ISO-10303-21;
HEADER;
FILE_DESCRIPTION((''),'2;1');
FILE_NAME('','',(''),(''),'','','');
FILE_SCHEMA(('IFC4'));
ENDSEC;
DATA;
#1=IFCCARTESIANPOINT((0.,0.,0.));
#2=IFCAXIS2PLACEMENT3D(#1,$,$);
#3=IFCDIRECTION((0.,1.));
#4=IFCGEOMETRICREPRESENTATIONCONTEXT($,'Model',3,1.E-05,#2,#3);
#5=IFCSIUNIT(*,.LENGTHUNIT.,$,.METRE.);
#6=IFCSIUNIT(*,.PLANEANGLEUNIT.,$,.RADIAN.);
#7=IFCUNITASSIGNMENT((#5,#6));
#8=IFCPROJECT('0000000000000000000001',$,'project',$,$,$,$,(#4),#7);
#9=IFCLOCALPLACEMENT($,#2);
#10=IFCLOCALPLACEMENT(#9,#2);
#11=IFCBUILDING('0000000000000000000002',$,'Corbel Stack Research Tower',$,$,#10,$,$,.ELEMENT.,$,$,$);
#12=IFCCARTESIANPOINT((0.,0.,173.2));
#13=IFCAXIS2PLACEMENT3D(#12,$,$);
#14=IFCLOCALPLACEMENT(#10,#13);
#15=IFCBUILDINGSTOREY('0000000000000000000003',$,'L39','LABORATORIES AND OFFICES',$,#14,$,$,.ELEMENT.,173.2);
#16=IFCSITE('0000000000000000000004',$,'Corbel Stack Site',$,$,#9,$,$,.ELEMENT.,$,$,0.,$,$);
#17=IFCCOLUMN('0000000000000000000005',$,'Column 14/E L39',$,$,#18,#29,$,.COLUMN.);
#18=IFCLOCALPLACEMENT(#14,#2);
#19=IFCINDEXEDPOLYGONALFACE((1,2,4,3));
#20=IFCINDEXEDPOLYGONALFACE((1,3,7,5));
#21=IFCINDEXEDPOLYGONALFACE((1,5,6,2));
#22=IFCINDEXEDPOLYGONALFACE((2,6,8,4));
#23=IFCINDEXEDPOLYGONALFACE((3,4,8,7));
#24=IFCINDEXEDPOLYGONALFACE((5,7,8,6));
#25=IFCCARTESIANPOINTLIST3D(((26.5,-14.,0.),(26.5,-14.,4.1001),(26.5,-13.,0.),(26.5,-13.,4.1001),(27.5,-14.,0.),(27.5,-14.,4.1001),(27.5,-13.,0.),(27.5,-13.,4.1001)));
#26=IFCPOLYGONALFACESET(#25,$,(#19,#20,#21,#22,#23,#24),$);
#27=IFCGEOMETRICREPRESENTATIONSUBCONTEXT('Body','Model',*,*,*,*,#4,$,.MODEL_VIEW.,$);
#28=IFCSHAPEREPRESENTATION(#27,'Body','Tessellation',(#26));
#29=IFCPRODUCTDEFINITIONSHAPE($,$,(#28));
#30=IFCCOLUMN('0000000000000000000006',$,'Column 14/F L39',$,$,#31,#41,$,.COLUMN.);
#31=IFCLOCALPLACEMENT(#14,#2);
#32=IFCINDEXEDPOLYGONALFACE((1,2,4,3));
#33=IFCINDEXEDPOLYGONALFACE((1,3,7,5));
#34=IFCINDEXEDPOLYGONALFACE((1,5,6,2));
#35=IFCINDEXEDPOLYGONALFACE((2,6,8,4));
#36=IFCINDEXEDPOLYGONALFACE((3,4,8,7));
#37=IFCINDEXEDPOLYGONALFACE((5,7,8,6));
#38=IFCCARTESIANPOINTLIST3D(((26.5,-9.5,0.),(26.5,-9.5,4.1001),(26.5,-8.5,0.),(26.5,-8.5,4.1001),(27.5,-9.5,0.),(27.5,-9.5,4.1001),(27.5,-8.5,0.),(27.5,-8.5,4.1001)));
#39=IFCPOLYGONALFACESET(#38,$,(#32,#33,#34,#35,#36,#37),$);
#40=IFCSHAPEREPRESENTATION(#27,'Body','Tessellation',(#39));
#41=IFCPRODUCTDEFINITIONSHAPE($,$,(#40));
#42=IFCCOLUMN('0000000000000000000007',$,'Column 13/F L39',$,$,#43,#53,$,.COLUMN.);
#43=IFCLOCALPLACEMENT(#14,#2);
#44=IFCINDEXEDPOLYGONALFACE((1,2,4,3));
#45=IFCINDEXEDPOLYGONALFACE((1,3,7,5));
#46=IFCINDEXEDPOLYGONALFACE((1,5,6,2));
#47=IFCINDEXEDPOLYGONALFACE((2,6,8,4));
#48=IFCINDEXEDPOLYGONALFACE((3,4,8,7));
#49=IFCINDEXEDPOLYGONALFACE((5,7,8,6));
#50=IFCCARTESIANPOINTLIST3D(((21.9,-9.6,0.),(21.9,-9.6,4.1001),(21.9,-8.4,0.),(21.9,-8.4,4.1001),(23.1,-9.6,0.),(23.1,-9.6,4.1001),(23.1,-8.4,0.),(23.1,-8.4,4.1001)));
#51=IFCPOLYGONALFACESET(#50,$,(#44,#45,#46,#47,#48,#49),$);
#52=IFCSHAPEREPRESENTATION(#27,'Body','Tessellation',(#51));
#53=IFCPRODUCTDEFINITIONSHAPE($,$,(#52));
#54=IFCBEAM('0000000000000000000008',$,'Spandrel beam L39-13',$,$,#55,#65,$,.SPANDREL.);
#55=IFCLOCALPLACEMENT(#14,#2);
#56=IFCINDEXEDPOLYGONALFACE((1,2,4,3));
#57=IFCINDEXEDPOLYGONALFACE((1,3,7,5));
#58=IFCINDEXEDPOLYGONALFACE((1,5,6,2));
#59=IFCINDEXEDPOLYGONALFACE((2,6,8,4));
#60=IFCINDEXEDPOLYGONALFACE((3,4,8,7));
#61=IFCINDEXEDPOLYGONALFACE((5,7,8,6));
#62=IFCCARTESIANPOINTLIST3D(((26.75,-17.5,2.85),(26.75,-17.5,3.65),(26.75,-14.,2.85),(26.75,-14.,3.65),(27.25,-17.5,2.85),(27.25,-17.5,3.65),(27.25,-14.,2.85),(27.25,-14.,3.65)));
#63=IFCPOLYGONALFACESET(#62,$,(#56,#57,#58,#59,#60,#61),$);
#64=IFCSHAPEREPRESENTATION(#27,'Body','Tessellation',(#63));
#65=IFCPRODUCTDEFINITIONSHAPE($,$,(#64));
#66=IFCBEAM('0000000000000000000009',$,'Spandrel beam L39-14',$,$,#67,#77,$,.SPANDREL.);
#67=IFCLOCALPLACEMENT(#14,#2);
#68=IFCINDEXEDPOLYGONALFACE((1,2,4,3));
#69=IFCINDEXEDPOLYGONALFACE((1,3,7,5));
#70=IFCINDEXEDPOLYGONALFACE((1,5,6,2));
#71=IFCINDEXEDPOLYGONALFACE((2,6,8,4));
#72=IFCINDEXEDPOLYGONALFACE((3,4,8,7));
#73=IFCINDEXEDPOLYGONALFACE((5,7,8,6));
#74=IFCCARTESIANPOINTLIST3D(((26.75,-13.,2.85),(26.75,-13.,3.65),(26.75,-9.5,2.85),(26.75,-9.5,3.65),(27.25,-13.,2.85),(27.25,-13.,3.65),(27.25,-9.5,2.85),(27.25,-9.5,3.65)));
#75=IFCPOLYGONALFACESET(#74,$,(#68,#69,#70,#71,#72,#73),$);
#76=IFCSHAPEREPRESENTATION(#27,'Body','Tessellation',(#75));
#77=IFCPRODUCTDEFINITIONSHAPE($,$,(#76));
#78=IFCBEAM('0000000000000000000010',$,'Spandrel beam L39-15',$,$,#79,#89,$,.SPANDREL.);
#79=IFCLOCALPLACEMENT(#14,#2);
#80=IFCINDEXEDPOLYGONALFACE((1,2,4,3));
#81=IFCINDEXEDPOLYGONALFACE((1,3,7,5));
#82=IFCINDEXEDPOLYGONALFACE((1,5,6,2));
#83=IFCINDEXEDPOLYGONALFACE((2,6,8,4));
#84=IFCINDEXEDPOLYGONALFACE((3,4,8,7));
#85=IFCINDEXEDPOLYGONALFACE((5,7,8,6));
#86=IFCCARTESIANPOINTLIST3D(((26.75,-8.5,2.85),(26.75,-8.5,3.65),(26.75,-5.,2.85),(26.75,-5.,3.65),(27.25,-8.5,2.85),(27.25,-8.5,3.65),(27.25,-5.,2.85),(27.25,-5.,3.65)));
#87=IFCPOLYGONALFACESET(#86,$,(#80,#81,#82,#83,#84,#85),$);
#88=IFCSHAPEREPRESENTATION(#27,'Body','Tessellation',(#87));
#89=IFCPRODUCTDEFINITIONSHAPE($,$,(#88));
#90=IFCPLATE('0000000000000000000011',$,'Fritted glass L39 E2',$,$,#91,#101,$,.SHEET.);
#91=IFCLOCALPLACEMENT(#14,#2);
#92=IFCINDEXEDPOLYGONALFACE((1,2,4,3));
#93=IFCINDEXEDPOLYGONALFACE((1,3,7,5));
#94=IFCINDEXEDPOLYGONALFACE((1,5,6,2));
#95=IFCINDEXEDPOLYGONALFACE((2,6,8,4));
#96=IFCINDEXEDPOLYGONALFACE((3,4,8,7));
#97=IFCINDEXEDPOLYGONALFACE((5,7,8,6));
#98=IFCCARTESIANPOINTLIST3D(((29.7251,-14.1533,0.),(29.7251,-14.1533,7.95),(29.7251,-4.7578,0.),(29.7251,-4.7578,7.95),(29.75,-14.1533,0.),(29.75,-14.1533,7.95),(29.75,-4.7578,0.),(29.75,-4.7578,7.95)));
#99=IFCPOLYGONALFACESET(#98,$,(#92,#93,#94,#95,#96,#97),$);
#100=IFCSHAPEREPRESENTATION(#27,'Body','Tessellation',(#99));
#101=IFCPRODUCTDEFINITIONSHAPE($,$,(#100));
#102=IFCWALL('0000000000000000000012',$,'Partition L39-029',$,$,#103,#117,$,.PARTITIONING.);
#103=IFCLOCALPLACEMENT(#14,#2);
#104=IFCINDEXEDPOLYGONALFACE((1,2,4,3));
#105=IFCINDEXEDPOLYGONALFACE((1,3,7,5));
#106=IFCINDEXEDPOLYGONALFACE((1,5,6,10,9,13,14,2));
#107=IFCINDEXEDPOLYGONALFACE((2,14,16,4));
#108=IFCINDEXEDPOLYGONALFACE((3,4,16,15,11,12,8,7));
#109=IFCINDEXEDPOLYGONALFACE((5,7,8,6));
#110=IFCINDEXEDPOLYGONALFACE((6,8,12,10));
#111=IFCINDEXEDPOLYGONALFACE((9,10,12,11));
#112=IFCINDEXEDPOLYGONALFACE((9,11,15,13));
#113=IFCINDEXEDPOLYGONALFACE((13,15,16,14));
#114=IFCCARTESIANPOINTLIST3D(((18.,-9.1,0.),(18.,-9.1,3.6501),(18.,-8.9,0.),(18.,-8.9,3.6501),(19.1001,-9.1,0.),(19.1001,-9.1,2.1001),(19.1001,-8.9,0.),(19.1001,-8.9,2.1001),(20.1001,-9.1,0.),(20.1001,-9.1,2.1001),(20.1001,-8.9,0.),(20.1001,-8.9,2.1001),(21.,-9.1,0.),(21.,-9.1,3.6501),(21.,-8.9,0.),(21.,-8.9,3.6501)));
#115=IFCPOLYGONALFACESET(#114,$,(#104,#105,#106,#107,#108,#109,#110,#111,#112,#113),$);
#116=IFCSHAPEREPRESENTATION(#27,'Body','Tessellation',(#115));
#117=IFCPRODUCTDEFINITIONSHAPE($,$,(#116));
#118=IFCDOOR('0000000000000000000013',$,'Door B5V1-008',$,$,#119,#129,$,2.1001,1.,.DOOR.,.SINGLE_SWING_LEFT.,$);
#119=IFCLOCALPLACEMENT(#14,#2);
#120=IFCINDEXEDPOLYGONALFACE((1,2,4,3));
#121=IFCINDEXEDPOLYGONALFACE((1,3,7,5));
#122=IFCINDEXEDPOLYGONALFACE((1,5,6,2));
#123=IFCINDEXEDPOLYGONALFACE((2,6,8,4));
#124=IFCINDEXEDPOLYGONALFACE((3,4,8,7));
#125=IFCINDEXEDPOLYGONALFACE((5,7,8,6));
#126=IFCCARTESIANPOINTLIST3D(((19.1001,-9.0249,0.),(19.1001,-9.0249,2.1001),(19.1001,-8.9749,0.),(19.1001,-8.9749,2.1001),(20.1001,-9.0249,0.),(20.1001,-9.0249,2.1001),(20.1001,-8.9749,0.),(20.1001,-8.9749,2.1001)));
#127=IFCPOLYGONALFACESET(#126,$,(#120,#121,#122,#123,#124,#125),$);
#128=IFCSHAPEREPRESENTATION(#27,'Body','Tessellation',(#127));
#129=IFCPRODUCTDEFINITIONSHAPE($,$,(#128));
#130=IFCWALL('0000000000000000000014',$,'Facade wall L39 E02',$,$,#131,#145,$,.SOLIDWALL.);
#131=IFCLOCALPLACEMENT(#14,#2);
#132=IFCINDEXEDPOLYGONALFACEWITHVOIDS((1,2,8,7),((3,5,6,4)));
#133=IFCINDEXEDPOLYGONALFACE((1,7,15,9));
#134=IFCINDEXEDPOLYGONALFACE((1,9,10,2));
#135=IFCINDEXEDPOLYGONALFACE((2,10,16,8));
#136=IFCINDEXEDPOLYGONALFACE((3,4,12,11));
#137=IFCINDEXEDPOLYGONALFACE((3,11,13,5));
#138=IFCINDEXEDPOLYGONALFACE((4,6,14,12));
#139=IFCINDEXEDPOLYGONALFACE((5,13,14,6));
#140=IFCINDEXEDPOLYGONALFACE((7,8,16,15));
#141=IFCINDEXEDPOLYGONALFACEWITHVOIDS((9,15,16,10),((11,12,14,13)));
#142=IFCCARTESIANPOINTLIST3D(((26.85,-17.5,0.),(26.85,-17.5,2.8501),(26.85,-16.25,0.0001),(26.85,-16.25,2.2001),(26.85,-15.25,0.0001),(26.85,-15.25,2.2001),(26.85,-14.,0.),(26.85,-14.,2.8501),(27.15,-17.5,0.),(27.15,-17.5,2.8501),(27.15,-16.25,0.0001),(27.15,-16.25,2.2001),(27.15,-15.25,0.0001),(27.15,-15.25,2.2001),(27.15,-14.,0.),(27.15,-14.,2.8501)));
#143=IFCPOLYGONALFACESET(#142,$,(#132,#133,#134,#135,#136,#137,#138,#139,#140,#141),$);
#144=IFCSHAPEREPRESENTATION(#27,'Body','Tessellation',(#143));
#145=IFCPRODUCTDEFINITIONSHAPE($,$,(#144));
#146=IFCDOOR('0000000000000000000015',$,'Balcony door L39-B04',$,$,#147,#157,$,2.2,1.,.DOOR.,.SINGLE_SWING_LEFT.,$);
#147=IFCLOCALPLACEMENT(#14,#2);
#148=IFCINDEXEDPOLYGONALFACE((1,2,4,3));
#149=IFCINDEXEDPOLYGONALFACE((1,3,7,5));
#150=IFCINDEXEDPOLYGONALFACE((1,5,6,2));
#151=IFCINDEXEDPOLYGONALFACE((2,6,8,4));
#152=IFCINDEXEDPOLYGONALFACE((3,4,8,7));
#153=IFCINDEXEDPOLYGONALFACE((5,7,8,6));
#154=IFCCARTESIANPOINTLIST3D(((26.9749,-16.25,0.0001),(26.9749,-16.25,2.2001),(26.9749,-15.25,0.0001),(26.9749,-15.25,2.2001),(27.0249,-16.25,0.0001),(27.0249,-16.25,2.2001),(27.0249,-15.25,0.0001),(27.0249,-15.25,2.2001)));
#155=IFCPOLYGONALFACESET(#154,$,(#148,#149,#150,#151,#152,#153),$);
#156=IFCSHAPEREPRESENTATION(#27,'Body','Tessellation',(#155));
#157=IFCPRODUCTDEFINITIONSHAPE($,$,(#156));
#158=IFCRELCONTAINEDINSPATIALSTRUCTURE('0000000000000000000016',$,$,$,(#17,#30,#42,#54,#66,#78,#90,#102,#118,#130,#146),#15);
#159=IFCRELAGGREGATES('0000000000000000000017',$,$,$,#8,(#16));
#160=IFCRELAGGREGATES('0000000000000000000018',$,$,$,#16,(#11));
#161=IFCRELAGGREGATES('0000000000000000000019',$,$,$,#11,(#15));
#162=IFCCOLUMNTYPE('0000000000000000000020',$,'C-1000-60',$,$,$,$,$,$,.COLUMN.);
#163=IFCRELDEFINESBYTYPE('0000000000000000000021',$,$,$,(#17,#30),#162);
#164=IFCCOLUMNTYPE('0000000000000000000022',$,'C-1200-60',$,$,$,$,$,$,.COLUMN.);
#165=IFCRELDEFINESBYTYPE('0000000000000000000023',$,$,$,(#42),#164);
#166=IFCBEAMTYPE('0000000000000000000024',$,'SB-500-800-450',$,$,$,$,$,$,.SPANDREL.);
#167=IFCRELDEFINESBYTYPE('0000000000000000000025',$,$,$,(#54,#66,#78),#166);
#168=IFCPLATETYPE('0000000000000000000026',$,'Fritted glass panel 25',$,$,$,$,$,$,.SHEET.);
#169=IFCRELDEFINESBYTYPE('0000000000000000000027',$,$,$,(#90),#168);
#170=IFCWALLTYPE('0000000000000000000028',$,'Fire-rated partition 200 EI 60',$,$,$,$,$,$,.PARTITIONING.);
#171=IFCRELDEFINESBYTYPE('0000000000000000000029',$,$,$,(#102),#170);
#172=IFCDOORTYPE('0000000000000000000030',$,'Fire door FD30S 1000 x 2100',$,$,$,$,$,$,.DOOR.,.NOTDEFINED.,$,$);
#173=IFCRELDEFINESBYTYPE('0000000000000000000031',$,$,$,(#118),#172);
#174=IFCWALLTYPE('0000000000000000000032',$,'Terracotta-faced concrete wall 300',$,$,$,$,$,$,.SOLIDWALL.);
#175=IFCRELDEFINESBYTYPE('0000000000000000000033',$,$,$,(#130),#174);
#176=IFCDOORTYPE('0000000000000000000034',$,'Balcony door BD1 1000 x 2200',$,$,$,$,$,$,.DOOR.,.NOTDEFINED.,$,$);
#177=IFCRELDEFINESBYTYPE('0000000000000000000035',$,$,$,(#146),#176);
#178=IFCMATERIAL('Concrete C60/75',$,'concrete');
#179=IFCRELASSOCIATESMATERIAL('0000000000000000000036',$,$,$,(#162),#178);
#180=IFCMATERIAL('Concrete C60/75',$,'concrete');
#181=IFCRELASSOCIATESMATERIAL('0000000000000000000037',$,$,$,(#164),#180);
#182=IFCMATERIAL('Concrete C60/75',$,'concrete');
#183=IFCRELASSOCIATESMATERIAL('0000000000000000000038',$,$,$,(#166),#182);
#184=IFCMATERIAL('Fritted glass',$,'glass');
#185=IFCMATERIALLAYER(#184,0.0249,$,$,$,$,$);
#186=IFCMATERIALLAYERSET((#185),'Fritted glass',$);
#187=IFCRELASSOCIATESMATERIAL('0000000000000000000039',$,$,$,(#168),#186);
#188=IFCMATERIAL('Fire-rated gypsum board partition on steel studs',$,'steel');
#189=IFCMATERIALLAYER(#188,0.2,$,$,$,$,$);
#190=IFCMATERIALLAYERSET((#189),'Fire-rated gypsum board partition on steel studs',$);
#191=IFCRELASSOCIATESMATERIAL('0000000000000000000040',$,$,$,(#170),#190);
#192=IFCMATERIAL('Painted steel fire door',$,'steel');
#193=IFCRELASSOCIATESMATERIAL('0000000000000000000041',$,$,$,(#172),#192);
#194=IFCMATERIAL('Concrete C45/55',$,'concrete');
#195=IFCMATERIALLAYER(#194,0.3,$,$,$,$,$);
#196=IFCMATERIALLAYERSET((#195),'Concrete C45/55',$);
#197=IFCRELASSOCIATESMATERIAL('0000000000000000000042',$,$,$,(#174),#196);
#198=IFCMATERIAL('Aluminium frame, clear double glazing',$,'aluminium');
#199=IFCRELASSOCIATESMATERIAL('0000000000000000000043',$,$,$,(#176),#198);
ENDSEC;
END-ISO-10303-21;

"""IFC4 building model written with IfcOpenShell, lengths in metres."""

from ifc_helpers import new_model, si_unit, direction, frame, frame_2d, origin, origin_2d, place, context, subcontext, project, spatial, rectangle, extrude, material, layer, layer_set, material_profile, profile_set, type_object, element, fill, save


model = new_model("IFC4")

# Units and contexts
model_context = context("Model", 3, precision=1e-05, world=origin(), true_north=direction((0.0, 1.0)))
body_context = subcontext(model_context, "Body", "Model", "MODEL_VIEW")
ifc_project = project(units=[si_unit("LENGTHUNIT", "METRE"), si_unit("PLANEANGLEUNIT", "RADIAN")], contexts=[model_context])

# Site, building, storey
site_placement = place(None, origin())
site = spatial("IfcSite", under=ifc_project, at=site_placement, Name="Corbel Stack Site", CompositionType="ELEMENT", RefElevation=0.0)
building_placement = place(site_placement, origin())
building = spatial("IfcBuilding", under=site, at=building_placement, Name="Corbel Stack Research Tower", CompositionType="ELEMENT")
storey_placement = place(building_placement, frame((0.0, 0.0, 173.2)))
storey = spatial("IfcBuildingStorey", under=building, at=storey_placement, Name="L39", Description="LABORATORIES AND OFFICES", CompositionType="ELEMENT", Elevation=173.2)

# Columns
ifc_material_1 = material(Name="Concrete C60/75", Category="concrete")
ifc_material_profile_1 = material_profile(ifc_material_1, rectangle(XDim=1.0, YDim=1.0, at=origin_2d()), Name="RC 1000 x 1000")
ifc_profile_set_1 = profile_set([ifc_material_profile_1], Name="Concrete C60/75")
column_type_1 = type_object("IfcColumnType", Name="C-1000-60", PredefinedType="COLUMN", material=ifc_profile_set_1)
for number, where, z_axis, x_axis, name in (
    (1, (27.0, -13.5, 0.0), (0.0, 0.0, 1.0), (1.0, 0.0, 0.0), "Column 14/E L39"),
    (2, (27.0, -9.0, 0.0), (0.0, 0.0, 1.0), (1.0, 0.0, 0.0), "Column 14/F L39"),
):
    element("IfcColumn", number, at=place(storey_placement, frame(where, z_axis=z_axis, x_axis=x_axis)), inside=storey, type_object=column_type_1, Name=name, PredefinedType="COLUMN", context=body_context, shape_type="SweptSolid", body=[
        extrude(rectangle(XDim=1.0, YDim=1.0, at=origin_2d()), origin(), (0.0, 0.0, 1.0), 4.1001),
    ])
ifc_material_2 = material(Name="Concrete C60/75", Category="concrete")
ifc_material_profile_2 = material_profile(ifc_material_2, rectangle(XDim=1.2, YDim=1.2, at=origin_2d()), Name="RC 1200 x 1200")
ifc_profile_set_2 = profile_set([ifc_material_profile_2], Name="Concrete C60/75")
column_type_2 = type_object("IfcColumnType", Name="C-1200-60", PredefinedType="COLUMN", material=ifc_profile_set_2)
column_placement = place(storey_placement, frame((22.5, -9.0, 0.0), z_axis=(0.0, 0.0, 1.0), x_axis=(1.0, 0.0, 0.0)))
element("IfcColumn", 3, at=column_placement, inside=storey, type_object=column_type_2, Name="Column 13/F L39", PredefinedType="COLUMN", context=body_context, shape_type="SweptSolid", body=[
    extrude(rectangle(XDim=1.2, YDim=1.2, at=origin_2d()), origin(), (0.0, 0.0, 1.0), 4.1001),
])

# Beams
ifc_material_3 = material(Name="Concrete C60/75", Category="concrete")
ifc_material_profile_3 = material_profile(ifc_material_3, rectangle(XDim=0.5, YDim=0.8, at=origin_2d()), Name="RC 500 x 800")
ifc_profile_set_3 = profile_set([ifc_material_profile_3], Name="Concrete C60/75")
beam_type = type_object("IfcBeamType", Name="SB-500-800-450", PredefinedType="SPANDREL", material=ifc_profile_set_3)
for number, where, z_axis, x_axis, name in (
    (4, (27.0, -17.5, 3.25), (0.0, 1.0, 0.0), (-1.0, 0.0, 0.0), "Spandrel beam L39-13"),
    (5, (27.0, -13.0, 3.25), (0.0, 1.0, 0.0), (-1.0, 0.0, 0.0), "Spandrel beam L39-14"),
    (6, (27.0, -8.5, 3.25), (0.0, 1.0, 0.0), (-1.0, 0.0, 0.0), "Spandrel beam L39-15"),
):
    element("IfcBeam", number, at=place(storey_placement, frame(where, z_axis=z_axis, x_axis=x_axis)), inside=storey, type_object=beam_type, Name=name, PredefinedType="SPANDREL", context=body_context, shape_type="SweptSolid", body=[
        extrude(rectangle(XDim=0.5, YDim=0.8, at=origin_2d()), origin(), (0.0, 0.0, 1.0), 3.5),
    ])

# Plate
ifc_material_4 = material(Name="Fritted glass", Category="glass")
ifc_layer_1 = layer(ifc_material_4, 0.0249)
ifc_layer_set_1 = layer_set([ifc_layer_1], Name="Fritted glass")
plate_type = type_object("IfcPlateType", Name="Fritted glass panel 25", PredefinedType="SHEET", material=ifc_layer_set_1)
plate_placement = place(storey_placement, frame((29.7375, -9.4556, 0.0), z_axis=(0.0, 0.0, 1.0), x_axis=(0.0, 1.0, 0.0)))
element("IfcPlate", 7, at=plate_placement, inside=storey, type_object=plate_type, Name="Fritted glass L39 E2", PredefinedType="SHEET", context=body_context, shape_type="SweptSolid", body=[
    extrude(rectangle(XDim=9.3955, YDim=0.0249, at=origin_2d()), origin(), (0.0, 0.0, 1.0), 7.95),
])

# Walls, openings, doors
ifc_material_5 = material(Name="Fire-rated gypsum board partition on steel studs", Category="steel")
ifc_layer_2 = layer(ifc_material_5, 0.2)
ifc_layer_set_2 = layer_set([ifc_layer_2], Name="Fire-rated gypsum board partition on steel studs")
wall_type_1 = type_object("IfcWallType", Name="Fire-rated partition 200 EI 60", PredefinedType="PARTITIONING", material=ifc_layer_set_2)
wall_1_placement = place(storey_placement, frame((21.0, -9.0, 0.0), z_axis=(0.0, 0.0, 1.0), x_axis=(-1.0, 0.0, 0.0)))
wall_1 = element("IfcWall", 8, at=wall_1_placement, inside=storey, type_object=wall_type_1, Name="Partition L39-029", PredefinedType="PARTITIONING", context=body_context, shape_type="SweptSolid", body=[
    extrude(rectangle(XDim=3.0, YDim=0.2, at=frame_2d((1.5, 0.0))), origin(), (0.0, 0.0, 1.0), 3.6501),
])
opening_1_placement = place(wall_1_placement, frame((0.8999, 0.0, 0.0)))
opening_1 = element("IfcOpeningElement", 9, at=opening_1_placement, cuts=wall_1, PredefinedType="OPENING", context=body_context, shape_type="SweptSolid", body=[
    extrude(rectangle(XDim=1.0, YDim=2.1001, at=frame_2d((0.5, 1.05))), frame((0.0, 0.1099, 0.0), z_axis=(0.0, -1.0, 0.0), x_axis=(1.0, 0.0, 0.0)), (0.0, 0.0, 1.0), 0.22),
])
ifc_material_6 = material(Name="Painted steel fire door", Category="steel")
door_type_1 = type_object("IfcDoorType", Name="Fire door FD30S 1000 x 2100", OperationType="NOTDEFINED", PredefinedType="DOOR", material=ifc_material_6)
door_1_placement = place(opening_1_placement, origin())
door_1 = element("IfcDoor", 10, at=door_1_placement, inside=storey, type_object=door_type_1, Name="Door B5V1-008", OperationType="SINGLE_SWING_LEFT", OverallHeight=2.1001, OverallWidth=1.0, PredefinedType="DOOR", context=body_context, shape_type="SweptSolid", body=[
    extrude(rectangle(XDim=1.0, YDim=2.1001, at=frame_2d((0.5, 1.05))), frame((0.0, 0.0249, 0.0), z_axis=(0.0, -1.0, 0.0), x_axis=(1.0, 0.0, 0.0)), (0.0, 0.0, 1.0), 0.05),
])
fill(opening_1, door_1)
ifc_material_7 = material(Name="Concrete C45/55", Category="concrete")
ifc_layer_3 = layer(ifc_material_7, 0.3)
ifc_layer_set_3 = layer_set([ifc_layer_3], Name="Concrete C45/55")
wall_type_2 = type_object("IfcWallType", Name="Terracotta-faced concrete wall 300", PredefinedType="SOLIDWALL", material=ifc_layer_set_3)
wall_2_placement = place(storey_placement, frame((27.0, -14.0, 0.0), z_axis=(0.0, 0.0, 1.0), x_axis=(0.0, -1.0, 0.0)))
wall_2 = element("IfcWall", 11, at=wall_2_placement, inside=storey, type_object=wall_type_2, Name="Facade wall L39 E02", PredefinedType="SOLIDWALL", context=body_context, shape_type="SweptSolid", body=[
    extrude(rectangle(XDim=3.5, YDim=0.3, at=frame_2d((1.75, 0.0))), origin(), (0.0, 0.0, 1.0), 2.8501),
])
opening_2_placement = place(wall_2_placement, frame((1.25, 0.0, 0.0)))
opening_2 = element("IfcOpeningElement", 12, at=opening_2_placement, cuts=wall_2, PredefinedType="OPENING", context=body_context, shape_type="SweptSolid", body=[
    extrude(rectangle(XDim=1.0, YDim=2.2, at=frame_2d((0.5, 1.1001))), frame((0.0, 0.1599, 0.0), z_axis=(0.0, -1.0, 0.0), x_axis=(1.0, 0.0, 0.0)), (0.0, 0.0, 1.0), 0.3201),
])
ifc_material_8 = material(Name="Aluminium frame, clear double glazing", Category="aluminium")
door_type_2 = type_object("IfcDoorType", Name="Balcony door BD1 1000 x 2200", OperationType="NOTDEFINED", PredefinedType="DOOR", material=ifc_material_8)
door_2_placement = place(opening_2_placement, origin())
door_2 = element("IfcDoor", 13, at=door_2_placement, inside=storey, type_object=door_type_2, Name="Balcony door L39-B04", OperationType="SINGLE_SWING_LEFT", OverallHeight=2.2, OverallWidth=1.0, PredefinedType="DOOR", context=body_context, shape_type="SweptSolid", body=[
    extrude(rectangle(XDim=1.0, YDim=2.2, at=frame_2d((0.5, 1.1001))), frame((0.0, 0.0249, 0.0), z_axis=(0.0, -1.0, 0.0), x_axis=(1.0, 0.0, 0.0)), (0.0, 0.0, 1.0), 0.05),
])
fill(opening_2, door_2)

save(model, "model.ifc")
